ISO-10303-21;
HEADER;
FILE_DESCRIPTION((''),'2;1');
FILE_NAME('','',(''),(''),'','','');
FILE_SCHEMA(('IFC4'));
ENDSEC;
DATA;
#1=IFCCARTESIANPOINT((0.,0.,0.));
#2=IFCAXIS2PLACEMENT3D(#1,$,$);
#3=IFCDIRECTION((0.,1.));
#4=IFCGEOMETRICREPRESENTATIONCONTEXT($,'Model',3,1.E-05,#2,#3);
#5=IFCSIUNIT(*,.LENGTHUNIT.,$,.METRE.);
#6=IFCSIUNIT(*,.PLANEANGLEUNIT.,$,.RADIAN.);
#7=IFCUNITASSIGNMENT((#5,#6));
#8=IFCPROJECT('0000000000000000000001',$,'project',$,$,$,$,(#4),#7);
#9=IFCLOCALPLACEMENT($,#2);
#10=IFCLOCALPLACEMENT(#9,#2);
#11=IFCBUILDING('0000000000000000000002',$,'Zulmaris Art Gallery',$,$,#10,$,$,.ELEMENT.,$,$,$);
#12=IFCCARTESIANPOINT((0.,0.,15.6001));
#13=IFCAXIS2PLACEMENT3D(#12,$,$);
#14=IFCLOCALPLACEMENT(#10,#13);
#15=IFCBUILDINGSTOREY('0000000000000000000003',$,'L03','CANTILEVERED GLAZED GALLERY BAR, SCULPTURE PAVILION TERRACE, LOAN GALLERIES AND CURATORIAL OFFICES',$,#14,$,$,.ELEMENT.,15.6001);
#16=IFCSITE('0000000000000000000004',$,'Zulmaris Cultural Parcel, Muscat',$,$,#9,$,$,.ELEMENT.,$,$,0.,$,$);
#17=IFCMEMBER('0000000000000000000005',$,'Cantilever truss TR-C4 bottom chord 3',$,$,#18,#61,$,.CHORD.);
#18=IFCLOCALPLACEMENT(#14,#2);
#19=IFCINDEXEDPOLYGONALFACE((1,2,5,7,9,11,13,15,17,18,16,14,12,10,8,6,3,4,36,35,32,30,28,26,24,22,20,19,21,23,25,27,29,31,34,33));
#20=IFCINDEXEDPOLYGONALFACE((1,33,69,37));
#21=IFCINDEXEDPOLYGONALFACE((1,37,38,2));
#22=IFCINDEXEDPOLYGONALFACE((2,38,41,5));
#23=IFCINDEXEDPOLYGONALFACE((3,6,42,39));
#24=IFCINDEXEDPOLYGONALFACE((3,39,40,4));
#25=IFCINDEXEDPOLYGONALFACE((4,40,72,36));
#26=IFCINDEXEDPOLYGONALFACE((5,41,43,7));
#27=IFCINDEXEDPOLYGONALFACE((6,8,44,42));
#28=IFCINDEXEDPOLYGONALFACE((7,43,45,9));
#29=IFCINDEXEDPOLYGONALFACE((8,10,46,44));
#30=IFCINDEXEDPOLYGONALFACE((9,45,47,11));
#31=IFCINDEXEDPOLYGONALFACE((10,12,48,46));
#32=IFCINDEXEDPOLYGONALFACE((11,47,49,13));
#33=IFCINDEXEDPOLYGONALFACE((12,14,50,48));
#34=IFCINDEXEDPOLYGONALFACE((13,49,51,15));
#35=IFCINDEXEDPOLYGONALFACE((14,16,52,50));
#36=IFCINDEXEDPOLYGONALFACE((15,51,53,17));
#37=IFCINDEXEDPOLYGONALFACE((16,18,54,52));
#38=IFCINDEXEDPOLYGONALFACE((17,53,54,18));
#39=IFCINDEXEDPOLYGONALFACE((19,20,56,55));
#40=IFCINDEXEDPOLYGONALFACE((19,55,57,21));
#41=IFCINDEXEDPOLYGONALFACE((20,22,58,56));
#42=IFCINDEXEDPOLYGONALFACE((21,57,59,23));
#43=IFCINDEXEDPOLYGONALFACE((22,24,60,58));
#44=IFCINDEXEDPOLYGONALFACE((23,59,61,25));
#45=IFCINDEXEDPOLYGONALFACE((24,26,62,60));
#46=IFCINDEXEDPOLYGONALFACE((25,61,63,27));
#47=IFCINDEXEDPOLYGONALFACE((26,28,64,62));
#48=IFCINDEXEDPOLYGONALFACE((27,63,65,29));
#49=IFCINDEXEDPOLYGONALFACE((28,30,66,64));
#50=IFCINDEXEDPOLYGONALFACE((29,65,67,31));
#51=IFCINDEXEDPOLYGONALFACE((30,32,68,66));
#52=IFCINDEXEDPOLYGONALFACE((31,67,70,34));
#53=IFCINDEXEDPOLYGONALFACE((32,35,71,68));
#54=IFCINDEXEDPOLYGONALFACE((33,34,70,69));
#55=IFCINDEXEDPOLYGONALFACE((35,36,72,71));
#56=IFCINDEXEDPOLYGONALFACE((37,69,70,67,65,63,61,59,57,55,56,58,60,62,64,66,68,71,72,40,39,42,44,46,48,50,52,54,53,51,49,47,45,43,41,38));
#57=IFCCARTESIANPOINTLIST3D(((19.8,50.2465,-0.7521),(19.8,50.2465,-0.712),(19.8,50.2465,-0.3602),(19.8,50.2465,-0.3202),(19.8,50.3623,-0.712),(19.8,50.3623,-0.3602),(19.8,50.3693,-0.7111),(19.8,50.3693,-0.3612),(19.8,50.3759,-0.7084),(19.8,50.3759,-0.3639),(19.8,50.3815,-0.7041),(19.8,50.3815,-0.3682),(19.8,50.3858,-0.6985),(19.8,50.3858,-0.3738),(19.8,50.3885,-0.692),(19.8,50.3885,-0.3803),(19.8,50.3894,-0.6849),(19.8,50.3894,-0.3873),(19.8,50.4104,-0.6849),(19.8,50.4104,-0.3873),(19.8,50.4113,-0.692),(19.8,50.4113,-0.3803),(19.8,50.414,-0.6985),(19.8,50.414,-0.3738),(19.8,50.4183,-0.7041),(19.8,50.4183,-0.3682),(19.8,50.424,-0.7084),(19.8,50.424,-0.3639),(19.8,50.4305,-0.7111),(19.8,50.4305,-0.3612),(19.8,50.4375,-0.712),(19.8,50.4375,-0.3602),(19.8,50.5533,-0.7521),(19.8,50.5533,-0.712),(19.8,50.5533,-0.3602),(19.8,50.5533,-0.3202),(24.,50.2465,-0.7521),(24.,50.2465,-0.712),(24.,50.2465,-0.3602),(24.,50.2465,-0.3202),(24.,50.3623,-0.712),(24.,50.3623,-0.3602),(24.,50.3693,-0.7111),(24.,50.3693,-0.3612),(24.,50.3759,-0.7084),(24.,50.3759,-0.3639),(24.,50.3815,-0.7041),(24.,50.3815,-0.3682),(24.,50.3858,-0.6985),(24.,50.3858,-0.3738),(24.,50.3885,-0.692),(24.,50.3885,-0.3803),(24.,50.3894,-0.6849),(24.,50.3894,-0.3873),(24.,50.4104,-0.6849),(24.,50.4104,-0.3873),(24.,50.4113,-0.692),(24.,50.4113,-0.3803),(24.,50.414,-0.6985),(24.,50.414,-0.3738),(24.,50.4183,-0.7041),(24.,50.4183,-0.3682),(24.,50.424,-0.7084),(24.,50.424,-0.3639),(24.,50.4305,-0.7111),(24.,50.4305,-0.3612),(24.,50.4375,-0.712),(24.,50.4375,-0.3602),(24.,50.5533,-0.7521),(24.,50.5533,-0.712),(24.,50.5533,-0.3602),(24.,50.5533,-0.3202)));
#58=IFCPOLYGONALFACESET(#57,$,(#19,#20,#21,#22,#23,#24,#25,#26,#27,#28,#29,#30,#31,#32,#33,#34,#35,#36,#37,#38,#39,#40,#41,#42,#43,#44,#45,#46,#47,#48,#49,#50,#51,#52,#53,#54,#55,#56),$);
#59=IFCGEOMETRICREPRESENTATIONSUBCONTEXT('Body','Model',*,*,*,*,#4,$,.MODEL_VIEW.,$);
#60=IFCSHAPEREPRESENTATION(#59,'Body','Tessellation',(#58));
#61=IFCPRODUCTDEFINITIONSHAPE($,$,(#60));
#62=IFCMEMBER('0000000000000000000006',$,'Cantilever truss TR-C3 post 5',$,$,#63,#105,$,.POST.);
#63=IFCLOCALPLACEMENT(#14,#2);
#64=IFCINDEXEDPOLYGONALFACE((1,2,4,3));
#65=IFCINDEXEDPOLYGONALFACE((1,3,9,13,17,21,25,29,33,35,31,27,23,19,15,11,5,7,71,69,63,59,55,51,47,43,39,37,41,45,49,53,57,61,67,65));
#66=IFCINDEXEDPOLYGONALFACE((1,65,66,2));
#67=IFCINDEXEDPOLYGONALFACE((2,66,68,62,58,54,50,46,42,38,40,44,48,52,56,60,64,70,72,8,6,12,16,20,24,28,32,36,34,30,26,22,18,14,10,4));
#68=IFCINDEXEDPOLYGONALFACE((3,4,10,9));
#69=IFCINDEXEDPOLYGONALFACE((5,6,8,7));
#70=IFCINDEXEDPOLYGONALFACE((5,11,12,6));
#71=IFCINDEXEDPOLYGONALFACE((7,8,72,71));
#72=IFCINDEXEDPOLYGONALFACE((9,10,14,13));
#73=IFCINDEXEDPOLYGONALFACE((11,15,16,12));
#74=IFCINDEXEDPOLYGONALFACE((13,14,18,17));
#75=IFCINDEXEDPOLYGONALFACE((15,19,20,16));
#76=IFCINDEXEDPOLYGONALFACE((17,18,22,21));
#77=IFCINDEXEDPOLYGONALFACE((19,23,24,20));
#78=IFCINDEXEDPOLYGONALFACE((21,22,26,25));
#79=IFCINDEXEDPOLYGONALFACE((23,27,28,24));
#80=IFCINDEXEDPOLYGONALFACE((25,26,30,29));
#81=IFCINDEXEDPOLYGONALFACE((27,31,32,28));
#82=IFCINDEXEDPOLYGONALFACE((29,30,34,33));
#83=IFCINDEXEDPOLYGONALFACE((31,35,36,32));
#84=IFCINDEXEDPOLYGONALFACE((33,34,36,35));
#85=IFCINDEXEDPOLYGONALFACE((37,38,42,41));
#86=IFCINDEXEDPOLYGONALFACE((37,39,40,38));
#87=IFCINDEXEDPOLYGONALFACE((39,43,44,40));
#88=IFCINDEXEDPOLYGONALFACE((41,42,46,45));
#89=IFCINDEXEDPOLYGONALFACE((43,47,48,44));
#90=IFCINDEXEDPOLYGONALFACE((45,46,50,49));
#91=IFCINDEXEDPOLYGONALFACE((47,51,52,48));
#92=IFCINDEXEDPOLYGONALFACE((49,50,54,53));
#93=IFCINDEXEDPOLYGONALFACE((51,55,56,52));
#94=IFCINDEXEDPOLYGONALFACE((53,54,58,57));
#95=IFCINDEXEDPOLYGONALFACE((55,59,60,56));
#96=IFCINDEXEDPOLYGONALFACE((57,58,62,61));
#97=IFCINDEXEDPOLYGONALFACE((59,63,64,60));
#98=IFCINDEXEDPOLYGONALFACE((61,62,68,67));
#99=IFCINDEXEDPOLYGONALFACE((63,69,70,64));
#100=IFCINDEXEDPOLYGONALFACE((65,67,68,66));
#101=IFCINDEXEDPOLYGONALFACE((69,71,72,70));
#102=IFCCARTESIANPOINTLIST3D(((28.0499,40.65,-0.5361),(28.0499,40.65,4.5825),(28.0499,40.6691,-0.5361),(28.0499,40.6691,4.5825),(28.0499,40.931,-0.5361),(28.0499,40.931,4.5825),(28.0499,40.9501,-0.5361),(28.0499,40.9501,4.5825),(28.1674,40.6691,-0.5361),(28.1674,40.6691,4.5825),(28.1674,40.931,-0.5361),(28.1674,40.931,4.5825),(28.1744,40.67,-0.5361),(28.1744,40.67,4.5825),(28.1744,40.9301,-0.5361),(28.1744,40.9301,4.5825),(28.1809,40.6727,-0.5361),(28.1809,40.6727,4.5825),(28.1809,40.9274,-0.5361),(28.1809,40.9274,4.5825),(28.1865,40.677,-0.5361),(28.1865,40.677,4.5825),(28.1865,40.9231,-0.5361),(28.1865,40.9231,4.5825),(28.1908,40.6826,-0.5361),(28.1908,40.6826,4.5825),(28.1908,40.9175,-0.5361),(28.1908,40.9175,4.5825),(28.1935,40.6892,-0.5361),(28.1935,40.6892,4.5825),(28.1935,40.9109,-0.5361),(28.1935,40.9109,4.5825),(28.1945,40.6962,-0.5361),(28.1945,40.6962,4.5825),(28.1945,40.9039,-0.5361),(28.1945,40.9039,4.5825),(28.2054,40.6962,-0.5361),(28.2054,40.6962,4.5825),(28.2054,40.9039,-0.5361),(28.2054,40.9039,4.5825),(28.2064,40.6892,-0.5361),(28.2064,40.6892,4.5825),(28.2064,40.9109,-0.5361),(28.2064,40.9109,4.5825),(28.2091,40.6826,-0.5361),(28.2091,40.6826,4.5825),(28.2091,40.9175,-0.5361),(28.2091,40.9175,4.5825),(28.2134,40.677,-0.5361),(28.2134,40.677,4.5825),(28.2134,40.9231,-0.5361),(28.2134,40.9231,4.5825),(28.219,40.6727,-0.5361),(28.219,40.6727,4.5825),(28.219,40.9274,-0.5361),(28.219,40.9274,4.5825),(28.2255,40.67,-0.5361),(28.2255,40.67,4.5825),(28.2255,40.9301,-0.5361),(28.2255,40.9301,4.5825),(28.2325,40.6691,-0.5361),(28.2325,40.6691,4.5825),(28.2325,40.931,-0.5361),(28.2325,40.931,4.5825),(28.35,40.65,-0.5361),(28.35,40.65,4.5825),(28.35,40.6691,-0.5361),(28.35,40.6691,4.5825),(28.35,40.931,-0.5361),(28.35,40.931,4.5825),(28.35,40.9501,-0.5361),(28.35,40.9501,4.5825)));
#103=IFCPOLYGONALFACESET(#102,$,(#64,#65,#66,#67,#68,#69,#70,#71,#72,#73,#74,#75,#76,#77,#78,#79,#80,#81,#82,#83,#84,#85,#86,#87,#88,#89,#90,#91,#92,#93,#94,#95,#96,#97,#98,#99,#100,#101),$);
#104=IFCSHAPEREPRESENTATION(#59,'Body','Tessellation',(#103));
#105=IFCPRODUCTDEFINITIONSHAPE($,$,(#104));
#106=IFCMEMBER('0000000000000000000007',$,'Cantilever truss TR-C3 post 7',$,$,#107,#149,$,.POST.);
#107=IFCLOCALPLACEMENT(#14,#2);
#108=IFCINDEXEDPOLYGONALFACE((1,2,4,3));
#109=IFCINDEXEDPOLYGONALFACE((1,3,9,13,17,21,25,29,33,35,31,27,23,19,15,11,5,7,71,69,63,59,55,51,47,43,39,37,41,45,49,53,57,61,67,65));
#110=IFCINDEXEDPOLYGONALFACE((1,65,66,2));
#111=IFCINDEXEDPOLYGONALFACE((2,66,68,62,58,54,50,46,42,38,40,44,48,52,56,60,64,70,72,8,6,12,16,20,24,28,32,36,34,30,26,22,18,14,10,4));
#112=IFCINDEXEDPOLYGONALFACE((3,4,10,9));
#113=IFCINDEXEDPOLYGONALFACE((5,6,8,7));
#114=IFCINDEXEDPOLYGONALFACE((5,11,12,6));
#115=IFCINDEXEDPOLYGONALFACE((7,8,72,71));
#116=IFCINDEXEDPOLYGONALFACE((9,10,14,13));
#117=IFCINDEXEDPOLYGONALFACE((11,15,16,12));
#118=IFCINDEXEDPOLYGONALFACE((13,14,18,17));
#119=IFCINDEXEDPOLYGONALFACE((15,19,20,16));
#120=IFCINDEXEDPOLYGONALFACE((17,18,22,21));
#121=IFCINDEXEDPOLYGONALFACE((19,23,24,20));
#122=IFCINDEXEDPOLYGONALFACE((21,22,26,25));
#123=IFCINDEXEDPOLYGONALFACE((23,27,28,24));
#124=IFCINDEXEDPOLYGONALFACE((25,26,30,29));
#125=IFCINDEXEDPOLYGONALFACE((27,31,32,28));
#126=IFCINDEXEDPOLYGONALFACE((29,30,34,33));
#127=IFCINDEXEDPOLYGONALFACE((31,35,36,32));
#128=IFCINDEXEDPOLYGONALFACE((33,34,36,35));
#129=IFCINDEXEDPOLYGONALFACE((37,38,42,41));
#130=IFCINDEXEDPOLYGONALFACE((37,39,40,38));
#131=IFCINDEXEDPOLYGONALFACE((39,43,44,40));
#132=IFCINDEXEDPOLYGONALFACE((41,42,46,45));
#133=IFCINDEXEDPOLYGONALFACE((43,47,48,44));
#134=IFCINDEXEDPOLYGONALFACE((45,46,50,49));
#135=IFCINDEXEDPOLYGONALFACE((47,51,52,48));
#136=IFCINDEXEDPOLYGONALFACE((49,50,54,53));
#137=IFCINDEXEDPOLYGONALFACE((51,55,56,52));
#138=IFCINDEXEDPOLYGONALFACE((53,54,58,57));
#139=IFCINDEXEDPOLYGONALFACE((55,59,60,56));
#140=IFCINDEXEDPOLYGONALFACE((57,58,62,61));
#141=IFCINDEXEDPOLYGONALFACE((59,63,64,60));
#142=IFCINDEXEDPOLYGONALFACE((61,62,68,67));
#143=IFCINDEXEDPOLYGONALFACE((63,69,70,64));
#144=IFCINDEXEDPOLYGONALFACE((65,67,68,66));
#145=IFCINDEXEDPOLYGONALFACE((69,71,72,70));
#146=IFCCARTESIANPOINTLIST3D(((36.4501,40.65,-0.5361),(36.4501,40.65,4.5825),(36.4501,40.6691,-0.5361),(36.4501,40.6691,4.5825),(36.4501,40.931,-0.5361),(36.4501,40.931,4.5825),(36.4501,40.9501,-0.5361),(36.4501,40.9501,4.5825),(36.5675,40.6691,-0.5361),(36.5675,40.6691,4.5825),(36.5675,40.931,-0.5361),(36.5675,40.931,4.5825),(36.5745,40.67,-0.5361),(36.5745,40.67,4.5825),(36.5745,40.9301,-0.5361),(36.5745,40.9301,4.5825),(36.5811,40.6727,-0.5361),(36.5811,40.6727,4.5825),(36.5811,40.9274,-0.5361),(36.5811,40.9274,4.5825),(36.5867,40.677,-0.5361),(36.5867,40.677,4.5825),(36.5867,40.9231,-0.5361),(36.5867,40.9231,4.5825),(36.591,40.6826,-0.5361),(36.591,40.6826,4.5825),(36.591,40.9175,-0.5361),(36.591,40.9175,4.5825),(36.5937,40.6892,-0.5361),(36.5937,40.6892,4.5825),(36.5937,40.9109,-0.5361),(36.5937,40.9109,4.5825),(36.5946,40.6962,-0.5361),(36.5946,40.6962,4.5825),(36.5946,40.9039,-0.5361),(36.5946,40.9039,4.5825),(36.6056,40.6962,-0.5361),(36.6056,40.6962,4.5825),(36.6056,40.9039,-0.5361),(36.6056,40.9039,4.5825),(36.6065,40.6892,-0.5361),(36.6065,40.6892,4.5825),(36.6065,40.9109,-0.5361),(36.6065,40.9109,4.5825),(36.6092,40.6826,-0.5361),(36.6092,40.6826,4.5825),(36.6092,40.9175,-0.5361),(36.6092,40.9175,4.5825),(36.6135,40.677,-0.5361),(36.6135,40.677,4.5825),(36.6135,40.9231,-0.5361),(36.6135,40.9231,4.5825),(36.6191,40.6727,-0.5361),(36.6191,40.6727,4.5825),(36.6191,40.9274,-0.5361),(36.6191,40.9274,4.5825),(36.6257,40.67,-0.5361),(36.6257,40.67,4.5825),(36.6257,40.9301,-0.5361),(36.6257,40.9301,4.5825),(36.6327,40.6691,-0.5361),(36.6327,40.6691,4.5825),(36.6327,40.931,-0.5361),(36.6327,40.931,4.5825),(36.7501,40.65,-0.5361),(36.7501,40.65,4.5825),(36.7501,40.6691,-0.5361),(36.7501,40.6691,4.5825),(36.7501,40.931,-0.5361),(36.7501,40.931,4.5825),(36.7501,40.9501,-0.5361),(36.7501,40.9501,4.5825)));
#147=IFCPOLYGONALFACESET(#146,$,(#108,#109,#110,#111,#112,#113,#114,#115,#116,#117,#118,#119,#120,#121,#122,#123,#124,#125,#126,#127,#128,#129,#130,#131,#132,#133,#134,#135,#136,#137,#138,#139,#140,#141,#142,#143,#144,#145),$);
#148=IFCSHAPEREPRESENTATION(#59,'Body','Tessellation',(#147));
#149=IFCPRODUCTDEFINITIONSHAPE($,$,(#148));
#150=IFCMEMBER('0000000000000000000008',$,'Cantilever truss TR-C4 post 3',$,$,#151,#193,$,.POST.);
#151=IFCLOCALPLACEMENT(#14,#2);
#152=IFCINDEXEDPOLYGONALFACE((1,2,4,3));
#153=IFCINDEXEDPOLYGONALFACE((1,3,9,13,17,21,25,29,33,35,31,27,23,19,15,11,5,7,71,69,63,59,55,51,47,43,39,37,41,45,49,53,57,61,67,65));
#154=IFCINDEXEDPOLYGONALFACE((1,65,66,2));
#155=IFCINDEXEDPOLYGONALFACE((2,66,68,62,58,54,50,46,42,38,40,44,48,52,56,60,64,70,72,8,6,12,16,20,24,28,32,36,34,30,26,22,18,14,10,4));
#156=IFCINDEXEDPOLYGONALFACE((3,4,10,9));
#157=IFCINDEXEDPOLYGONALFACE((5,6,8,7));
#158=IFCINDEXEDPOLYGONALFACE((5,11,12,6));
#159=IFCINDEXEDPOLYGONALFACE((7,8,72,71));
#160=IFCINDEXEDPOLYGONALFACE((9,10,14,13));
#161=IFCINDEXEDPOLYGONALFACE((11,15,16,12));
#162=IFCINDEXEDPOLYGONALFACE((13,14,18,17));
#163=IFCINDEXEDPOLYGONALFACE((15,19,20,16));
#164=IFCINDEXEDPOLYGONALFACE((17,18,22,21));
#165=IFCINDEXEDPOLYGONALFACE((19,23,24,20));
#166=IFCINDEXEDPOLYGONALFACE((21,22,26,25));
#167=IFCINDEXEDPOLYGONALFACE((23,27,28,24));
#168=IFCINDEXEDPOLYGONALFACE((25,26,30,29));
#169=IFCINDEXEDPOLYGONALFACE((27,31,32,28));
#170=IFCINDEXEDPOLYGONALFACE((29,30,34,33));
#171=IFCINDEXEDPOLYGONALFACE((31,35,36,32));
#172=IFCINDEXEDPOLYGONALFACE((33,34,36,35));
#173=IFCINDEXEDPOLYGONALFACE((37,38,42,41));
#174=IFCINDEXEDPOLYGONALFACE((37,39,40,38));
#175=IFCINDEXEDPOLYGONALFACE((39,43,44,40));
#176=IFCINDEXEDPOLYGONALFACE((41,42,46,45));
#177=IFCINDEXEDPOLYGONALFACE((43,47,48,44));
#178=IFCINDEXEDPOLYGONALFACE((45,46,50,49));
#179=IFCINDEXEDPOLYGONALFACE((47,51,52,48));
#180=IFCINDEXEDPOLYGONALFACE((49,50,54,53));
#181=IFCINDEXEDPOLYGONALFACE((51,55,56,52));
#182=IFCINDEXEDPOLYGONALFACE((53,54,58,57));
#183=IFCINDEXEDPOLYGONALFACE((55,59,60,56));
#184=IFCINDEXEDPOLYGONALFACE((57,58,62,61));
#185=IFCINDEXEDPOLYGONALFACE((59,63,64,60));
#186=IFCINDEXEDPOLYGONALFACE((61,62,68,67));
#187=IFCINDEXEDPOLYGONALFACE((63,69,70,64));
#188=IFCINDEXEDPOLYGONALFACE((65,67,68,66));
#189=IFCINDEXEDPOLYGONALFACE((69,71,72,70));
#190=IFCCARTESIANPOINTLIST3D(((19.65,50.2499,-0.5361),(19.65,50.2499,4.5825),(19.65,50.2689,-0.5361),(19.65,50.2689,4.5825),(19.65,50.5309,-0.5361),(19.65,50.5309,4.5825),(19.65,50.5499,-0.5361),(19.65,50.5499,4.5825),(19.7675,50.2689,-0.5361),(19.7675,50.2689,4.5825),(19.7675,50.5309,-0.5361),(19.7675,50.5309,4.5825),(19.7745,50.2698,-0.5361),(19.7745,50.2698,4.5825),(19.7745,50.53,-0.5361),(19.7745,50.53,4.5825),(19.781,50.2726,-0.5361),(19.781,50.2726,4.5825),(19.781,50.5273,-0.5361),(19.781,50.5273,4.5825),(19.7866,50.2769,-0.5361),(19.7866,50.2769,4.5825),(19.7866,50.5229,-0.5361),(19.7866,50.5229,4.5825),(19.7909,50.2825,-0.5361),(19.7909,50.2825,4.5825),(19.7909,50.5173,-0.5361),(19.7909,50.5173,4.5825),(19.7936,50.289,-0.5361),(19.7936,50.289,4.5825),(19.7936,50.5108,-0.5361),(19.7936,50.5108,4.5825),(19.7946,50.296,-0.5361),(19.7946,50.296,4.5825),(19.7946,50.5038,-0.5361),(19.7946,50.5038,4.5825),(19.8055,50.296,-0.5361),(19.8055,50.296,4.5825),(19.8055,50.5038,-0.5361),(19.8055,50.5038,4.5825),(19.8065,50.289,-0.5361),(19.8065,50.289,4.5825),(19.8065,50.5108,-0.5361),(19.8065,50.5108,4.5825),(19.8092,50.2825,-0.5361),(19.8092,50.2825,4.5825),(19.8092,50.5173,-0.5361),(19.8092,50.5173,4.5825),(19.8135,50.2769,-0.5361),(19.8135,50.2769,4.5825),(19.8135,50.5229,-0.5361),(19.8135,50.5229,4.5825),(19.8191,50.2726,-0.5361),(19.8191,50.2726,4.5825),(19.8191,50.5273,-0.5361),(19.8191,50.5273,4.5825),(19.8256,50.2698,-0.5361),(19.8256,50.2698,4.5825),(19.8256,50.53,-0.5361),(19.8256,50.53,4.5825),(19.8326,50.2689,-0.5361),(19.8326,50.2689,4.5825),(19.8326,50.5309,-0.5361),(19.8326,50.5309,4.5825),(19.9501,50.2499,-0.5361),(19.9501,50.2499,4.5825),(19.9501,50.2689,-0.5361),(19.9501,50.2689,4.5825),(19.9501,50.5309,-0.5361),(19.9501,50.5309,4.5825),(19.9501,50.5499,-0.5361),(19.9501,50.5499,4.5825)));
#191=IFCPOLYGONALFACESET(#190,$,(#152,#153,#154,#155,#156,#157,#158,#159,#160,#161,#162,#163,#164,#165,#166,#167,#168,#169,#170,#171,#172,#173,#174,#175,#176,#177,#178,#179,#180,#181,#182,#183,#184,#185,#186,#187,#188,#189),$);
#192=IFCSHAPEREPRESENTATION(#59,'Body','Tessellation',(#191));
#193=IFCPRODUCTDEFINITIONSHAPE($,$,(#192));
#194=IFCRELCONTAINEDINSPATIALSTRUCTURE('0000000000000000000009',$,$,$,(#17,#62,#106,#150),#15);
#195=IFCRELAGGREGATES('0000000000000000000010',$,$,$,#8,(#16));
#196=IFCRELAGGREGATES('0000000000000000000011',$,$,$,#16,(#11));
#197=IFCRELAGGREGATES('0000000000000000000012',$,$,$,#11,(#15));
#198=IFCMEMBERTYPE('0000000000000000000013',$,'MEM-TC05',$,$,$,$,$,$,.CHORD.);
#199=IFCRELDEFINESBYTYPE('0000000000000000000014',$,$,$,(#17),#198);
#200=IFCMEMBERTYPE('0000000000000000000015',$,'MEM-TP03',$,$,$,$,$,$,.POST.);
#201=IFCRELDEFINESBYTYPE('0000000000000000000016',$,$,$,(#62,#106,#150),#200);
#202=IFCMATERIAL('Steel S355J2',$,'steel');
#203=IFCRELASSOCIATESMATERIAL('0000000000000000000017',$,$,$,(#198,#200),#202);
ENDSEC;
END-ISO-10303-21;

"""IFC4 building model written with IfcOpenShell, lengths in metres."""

from ifc_helpers import new_model, si_unit, direction, frame, origin, origin_2d, place, context, subcontext, project, spatial, i_section, extrude, material, material_profile, profile_set, type_object, element, save


model = new_model("IFC4")

# Units and contexts
model_context = context("Model", 3, precision=1e-05, world=origin(), true_north=direction((0.0, 1.0)))
body_context = subcontext(model_context, "Body", "Model", "MODEL_VIEW")
ifc_project = project(units=[si_unit("LENGTHUNIT", "METRE"), si_unit("PLANEANGLEUNIT", "RADIAN")], contexts=[model_context])

# Site, building, storey
site_placement = place(None, origin())
site = spatial("IfcSite", under=ifc_project, at=site_placement, Name="Zulmaris Cultural Parcel, Muscat", CompositionType="ELEMENT", RefElevation=0.0)
building_placement = place(site_placement, origin())
building = spatial("IfcBuilding", under=site, at=building_placement, Name="Zulmaris Art Gallery", CompositionType="ELEMENT")
storey_placement = place(building_placement, frame((0.0, 0.0, 15.6001)))
storey = spatial("IfcBuildingStorey", under=building, at=storey_placement, Name="L03", Description="CANTILEVERED GLAZED GALLERY BAR, SCULPTURE PAVILION TERRACE, LOAN GALLERIES AND CURATORIAL OFFICES", CompositionType="ELEMENT", Elevation=15.6001)

# Shared definitions
ifc_material_1 = material(Name="Steel S355J2", Category="steel")

# Members
ifc_material_profile_1 = material_profile(ifc_material_1, i_section(OverallWidth=0.3069, OverallDepth=0.4319, WebThickness=0.021, FlangeThickness=0.04, FilletRadius=0.0271, at=origin_2d()), Name="HEM 400")
ifc_profile_set_1 = profile_set([ifc_material_profile_1], Name="Steel S355J2")
member_type_1 = type_object("IfcMemberType", Name="MEM-TC05", PredefinedType="CHORD", material=ifc_profile_set_1)
member_1_placement = place(storey_placement, frame((19.8, 50.3999, -0.5361), z_axis=(1.0, 0.0, 0.0), x_axis=(0.0, 1.0, 0.0)))
element("IfcMember", 1, at=member_1_placement, inside=storey, type_object=member_type_1, Name="Cantilever truss TR-C4 bottom chord 3", PredefinedType="CHORD", context=body_context, shape_type="SweptSolid", body=[
    extrude(i_section(OverallWidth=0.3069, OverallDepth=0.4319, WebThickness=0.021, FlangeThickness=0.04, FilletRadius=0.0271, at=origin_2d()), origin(), (0.0, 0.0, 1.0), 4.2),
])
ifc_material_profile_2 = material_profile(ifc_material_1, i_section(OverallWidth=0.3, OverallDepth=0.3, WebThickness=0.011, FlangeThickness=0.019, FilletRadius=0.0271, at=origin_2d()), Name="HEB 300")
ifc_profile_set_2 = profile_set([ifc_material_profile_2], Name="Steel S355J2")
member_type_2 = type_object("IfcMemberType", Name="MEM-TP03", PredefinedType="POST", material=ifc_profile_set_2)
for number, where, z_axis, x_axis, name in (
    (2, (28.2, 40.8, -0.5361), (0.0, 0.0, 1.0), (1.0, 0.0, 0.0), "Cantilever truss TR-C3 post 5"),
    (3, (36.6001, 40.8, -0.5361), (0.0, 0.0, 1.0), (1.0, 0.0, 0.0), "Cantilever truss TR-C3 post 7"),
    (4, (19.8, 50.3999, -0.5361), (0.0, 0.0, 1.0), (1.0, 0.0, 0.0), "Cantilever truss TR-C4 post 3"),
):
    element("IfcMember", number, at=place(storey_placement, frame(where, z_axis=z_axis, x_axis=x_axis)), inside=storey, type_object=member_type_2, Name=name, PredefinedType="POST", context=body_context, shape_type="SweptSolid", body=[
        extrude(i_section(OverallWidth=0.3, OverallDepth=0.3, WebThickness=0.011, FlangeThickness=0.019, FilletRadius=0.0271, at=origin_2d()), origin(), (0.0, 0.0, 1.0), 5.1187),
    ])

save(model, "model.ifc")
